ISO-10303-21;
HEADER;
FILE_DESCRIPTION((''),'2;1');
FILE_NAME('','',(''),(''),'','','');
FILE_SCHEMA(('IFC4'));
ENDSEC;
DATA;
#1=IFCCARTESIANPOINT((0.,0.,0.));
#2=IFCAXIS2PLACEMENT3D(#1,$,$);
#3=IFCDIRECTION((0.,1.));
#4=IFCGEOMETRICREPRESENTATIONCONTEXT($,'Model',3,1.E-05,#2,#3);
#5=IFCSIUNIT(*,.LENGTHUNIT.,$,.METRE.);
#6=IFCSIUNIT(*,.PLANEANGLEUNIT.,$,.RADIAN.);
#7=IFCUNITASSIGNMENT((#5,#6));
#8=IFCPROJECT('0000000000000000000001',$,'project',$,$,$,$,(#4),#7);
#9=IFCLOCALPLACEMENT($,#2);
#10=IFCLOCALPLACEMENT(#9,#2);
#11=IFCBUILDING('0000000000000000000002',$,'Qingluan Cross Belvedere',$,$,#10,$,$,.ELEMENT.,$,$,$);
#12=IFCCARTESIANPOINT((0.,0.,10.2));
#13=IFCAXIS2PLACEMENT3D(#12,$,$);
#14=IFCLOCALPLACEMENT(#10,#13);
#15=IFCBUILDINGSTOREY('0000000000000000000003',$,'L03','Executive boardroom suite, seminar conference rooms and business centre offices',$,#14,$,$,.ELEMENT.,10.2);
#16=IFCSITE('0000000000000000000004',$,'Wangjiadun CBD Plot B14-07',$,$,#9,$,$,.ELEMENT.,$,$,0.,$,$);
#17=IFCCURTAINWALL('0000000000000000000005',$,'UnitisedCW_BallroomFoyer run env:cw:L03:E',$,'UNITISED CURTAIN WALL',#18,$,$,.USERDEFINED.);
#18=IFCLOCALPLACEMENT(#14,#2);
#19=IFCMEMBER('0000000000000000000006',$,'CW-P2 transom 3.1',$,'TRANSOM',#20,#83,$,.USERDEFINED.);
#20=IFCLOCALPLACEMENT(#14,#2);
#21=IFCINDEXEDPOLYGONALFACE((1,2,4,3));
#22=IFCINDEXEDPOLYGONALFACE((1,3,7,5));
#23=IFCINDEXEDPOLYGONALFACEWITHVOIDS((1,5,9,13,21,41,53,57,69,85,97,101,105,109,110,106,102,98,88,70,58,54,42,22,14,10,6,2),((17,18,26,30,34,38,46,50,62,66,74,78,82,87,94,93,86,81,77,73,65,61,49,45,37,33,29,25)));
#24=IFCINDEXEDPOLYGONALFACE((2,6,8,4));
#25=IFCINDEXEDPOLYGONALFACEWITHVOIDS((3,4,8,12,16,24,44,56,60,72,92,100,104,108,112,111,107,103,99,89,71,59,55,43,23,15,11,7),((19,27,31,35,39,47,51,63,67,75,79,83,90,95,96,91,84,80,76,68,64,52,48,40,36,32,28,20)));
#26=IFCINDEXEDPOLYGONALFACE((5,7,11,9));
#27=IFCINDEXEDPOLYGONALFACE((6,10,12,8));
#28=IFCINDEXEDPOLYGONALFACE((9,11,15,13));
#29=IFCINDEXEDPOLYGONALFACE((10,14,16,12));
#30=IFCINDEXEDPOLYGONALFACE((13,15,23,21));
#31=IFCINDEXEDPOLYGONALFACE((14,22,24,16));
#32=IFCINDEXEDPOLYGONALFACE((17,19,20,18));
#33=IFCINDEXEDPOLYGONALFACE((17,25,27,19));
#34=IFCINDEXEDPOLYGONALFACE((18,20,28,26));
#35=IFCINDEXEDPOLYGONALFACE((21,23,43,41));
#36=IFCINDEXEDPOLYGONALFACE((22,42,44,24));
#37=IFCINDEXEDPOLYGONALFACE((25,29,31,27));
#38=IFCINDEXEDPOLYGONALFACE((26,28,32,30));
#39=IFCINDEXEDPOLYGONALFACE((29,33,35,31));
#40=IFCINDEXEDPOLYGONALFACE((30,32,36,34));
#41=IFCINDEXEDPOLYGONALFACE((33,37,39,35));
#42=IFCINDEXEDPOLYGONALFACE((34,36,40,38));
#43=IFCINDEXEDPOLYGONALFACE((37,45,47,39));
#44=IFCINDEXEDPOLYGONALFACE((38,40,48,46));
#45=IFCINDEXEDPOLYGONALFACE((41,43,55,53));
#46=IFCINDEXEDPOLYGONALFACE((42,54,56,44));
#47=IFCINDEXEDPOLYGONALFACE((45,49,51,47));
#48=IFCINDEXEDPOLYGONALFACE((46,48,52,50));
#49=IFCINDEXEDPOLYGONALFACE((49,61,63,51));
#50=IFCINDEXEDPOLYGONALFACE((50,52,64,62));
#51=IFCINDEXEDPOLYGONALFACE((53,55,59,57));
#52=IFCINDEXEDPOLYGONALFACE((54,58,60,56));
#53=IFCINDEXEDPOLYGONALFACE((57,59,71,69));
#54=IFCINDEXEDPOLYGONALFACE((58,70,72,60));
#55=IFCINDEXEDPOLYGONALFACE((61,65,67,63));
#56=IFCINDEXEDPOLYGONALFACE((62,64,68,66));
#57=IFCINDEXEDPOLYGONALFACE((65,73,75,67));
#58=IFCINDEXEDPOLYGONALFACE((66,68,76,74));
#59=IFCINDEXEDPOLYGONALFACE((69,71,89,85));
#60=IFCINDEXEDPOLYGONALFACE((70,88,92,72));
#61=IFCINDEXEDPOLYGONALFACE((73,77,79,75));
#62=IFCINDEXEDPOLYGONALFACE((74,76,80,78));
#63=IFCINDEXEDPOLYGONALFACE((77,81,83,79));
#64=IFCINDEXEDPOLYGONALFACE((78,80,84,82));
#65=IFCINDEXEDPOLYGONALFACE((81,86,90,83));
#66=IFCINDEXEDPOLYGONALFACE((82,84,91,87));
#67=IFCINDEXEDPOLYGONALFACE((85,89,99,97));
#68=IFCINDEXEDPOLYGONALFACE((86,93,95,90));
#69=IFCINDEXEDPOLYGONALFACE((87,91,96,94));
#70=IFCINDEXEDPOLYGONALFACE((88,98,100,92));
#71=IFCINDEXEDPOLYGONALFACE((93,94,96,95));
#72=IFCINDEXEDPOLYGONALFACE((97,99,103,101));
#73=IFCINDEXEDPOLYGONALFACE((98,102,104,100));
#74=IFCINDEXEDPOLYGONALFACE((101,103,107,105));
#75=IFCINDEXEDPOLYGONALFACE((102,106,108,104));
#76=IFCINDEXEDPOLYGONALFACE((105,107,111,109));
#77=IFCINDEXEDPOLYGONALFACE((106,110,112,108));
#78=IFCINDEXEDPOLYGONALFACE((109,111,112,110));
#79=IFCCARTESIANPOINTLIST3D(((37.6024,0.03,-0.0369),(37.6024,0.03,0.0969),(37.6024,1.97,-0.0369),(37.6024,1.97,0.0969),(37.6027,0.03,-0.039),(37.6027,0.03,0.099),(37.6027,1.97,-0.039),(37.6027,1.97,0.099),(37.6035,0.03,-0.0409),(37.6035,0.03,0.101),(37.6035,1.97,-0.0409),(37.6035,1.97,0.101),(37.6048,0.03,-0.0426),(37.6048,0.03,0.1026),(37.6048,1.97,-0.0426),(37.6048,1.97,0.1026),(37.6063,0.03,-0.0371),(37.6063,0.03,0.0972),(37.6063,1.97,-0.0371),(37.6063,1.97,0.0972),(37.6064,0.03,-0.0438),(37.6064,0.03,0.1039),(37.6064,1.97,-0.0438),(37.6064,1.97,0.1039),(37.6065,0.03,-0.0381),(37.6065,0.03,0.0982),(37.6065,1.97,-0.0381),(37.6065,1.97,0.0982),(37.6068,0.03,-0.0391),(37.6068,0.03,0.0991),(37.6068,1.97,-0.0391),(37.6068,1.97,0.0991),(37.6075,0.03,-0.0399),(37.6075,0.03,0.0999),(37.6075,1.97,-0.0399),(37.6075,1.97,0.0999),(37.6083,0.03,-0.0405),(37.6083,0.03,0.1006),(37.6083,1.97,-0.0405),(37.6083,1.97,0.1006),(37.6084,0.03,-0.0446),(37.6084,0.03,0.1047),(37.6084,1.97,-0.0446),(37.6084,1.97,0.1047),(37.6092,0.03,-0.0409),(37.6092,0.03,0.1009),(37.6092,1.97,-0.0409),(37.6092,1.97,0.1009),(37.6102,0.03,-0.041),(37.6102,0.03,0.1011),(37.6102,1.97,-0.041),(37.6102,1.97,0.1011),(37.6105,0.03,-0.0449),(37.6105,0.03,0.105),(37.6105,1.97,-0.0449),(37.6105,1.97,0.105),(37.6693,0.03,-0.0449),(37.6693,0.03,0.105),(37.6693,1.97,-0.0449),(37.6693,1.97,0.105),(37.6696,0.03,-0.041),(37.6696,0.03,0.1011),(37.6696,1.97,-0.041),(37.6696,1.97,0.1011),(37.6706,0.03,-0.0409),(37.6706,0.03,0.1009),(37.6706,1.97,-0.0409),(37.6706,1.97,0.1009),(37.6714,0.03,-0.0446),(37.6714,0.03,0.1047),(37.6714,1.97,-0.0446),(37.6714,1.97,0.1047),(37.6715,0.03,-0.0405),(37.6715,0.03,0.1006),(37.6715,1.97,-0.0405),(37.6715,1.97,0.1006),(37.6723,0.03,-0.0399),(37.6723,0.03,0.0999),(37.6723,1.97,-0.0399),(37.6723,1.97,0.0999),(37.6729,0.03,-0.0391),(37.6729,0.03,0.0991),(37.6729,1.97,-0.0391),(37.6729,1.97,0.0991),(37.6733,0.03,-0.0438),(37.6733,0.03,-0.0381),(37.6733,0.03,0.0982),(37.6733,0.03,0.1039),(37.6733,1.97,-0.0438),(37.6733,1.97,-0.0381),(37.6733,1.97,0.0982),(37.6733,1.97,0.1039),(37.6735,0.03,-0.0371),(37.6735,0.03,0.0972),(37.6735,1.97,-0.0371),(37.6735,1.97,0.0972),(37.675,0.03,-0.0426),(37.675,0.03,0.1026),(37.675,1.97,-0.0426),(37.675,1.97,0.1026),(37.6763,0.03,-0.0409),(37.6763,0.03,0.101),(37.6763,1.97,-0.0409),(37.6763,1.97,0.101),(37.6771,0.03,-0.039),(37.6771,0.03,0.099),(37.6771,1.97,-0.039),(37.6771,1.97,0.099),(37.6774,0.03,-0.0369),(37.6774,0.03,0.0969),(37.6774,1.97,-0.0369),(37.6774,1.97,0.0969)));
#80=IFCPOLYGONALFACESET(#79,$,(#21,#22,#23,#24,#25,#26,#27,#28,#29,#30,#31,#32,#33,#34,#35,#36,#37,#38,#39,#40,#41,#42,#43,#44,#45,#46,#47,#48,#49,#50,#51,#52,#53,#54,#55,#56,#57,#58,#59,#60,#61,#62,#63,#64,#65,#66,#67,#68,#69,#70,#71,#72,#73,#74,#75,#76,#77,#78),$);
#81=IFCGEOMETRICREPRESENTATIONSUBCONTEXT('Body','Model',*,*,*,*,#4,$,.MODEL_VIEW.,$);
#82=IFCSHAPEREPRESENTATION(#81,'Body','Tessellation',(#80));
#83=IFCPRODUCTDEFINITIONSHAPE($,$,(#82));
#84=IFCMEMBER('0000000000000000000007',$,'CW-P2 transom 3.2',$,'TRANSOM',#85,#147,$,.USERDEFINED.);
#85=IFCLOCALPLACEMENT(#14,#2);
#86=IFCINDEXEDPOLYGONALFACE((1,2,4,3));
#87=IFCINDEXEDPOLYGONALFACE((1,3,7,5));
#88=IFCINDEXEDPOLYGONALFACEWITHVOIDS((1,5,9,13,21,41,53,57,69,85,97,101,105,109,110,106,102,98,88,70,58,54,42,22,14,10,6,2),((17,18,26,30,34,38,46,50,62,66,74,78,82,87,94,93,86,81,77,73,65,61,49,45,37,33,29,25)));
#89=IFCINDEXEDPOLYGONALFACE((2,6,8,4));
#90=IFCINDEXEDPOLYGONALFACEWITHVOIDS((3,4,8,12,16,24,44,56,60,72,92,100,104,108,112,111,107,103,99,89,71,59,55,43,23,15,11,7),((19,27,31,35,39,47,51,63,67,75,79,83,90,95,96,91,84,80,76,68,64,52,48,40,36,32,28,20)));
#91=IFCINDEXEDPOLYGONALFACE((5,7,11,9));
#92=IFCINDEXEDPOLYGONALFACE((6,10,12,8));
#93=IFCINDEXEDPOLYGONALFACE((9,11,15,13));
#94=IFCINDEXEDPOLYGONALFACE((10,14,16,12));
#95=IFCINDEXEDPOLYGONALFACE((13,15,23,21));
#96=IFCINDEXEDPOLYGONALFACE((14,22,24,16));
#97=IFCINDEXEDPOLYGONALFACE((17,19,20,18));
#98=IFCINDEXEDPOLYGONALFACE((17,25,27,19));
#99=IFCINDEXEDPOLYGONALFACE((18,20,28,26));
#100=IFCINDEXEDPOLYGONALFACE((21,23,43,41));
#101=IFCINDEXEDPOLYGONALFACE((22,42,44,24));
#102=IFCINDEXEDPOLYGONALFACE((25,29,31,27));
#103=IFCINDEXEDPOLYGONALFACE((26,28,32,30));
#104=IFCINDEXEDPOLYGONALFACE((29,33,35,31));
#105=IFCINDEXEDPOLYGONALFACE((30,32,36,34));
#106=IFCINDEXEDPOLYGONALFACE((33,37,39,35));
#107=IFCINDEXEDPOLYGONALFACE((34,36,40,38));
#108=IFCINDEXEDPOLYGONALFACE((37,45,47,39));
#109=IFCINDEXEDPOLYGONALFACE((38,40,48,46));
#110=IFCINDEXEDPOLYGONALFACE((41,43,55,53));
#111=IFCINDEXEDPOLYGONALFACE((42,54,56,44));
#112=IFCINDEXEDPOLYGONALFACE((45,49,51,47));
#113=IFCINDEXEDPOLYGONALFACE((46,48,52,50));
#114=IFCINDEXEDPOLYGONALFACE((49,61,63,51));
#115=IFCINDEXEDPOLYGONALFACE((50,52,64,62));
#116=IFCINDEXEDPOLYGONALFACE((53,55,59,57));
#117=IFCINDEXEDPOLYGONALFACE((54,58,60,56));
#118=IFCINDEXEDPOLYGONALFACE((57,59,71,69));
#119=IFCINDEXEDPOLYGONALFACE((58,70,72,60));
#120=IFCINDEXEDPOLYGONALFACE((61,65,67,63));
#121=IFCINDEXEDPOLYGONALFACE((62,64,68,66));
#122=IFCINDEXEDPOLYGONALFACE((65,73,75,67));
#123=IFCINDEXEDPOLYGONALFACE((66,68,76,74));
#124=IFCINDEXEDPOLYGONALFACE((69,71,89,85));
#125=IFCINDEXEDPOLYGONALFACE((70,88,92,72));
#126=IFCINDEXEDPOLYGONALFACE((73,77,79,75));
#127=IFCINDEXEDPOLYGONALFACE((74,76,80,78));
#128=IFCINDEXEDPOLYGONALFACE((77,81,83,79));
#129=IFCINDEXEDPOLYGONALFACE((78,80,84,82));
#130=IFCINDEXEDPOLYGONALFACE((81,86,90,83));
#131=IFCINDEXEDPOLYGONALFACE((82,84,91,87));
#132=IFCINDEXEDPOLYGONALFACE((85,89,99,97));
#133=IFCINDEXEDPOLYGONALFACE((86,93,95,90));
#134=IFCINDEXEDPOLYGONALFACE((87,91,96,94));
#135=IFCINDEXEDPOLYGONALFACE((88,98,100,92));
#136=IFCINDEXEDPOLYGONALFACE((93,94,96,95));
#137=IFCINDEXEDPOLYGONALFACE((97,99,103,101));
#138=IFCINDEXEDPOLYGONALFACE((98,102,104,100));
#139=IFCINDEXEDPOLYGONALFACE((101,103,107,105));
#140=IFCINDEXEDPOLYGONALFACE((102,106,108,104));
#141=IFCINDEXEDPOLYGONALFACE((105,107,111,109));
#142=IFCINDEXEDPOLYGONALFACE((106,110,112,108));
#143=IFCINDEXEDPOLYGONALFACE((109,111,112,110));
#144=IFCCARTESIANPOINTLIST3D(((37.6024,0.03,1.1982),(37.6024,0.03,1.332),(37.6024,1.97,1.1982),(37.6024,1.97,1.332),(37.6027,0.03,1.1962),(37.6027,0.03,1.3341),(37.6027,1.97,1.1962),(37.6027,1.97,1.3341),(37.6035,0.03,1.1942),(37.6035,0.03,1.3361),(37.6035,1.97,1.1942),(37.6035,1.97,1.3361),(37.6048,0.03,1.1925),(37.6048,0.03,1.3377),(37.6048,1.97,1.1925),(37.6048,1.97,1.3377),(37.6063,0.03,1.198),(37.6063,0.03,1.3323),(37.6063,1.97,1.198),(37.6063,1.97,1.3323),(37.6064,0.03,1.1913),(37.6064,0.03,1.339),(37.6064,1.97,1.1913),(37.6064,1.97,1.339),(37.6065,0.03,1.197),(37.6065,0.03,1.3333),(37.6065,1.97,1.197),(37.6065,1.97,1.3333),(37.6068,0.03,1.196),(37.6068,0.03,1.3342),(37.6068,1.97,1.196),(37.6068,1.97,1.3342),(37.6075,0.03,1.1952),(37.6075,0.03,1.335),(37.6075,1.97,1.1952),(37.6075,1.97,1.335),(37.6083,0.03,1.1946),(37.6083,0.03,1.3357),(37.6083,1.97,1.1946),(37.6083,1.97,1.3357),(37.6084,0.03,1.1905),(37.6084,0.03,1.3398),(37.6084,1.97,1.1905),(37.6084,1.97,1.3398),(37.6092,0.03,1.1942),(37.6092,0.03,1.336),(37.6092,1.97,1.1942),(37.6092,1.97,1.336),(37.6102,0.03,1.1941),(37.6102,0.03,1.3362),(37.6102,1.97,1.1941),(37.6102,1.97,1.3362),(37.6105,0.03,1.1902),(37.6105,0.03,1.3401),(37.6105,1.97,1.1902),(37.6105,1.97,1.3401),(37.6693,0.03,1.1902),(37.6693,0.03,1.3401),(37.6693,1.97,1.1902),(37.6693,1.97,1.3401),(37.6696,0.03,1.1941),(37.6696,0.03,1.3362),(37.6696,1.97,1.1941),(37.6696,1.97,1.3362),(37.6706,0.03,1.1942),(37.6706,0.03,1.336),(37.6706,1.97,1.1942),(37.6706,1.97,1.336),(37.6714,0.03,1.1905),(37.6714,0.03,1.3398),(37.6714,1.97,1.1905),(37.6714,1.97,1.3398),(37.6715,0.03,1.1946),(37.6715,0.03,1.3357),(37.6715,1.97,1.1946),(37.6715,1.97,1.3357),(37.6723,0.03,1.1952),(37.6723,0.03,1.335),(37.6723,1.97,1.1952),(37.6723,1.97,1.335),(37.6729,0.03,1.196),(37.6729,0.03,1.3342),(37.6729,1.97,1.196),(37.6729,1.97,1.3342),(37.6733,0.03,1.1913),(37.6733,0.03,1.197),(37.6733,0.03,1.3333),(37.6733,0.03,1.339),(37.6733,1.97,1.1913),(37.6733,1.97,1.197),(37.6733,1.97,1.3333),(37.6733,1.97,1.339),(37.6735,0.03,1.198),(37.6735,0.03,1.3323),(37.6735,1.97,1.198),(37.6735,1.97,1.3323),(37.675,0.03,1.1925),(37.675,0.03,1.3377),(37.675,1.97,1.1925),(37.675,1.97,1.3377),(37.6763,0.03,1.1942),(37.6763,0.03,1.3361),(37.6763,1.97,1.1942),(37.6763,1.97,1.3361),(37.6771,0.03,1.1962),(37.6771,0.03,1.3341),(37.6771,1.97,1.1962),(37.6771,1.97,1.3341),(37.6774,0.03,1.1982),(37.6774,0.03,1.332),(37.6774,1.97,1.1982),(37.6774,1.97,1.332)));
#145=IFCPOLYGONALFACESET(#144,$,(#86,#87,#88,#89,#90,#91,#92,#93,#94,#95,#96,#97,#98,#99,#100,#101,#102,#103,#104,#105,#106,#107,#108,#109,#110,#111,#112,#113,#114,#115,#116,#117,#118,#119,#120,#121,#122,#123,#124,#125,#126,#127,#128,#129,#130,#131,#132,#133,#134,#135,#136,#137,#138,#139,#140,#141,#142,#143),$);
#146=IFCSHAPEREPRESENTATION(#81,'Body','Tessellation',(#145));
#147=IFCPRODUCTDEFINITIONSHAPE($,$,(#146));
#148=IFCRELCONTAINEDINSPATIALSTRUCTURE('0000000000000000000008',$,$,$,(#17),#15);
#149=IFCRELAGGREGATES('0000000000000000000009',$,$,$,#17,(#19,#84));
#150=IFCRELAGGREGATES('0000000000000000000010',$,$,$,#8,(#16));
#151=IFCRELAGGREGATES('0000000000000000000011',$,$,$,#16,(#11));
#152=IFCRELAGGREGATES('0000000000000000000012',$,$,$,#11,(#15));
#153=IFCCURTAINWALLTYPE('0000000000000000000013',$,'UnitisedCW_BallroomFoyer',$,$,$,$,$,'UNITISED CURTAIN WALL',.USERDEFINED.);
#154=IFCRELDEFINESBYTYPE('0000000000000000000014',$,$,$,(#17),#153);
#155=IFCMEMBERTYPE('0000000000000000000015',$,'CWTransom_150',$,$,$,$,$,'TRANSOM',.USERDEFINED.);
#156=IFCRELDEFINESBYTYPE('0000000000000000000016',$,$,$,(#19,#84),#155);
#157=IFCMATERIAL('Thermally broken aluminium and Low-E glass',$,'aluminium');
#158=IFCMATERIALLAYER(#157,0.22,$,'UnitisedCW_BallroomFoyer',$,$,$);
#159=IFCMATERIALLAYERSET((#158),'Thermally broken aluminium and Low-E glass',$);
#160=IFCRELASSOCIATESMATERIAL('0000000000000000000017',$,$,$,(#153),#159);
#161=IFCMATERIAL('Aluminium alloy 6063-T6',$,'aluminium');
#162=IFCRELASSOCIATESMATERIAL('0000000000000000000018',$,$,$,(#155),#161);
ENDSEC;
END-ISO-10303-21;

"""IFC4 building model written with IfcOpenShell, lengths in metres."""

from ifc_helpers import new_model, si_unit, direction, frame, origin, origin_2d, place, context, subcontext, project, spatial, hollow_rectangle, extrude, material, layer, layer_set, material_profile, profile_set, type_object, element, aggregate, save


model = new_model("IFC4")

# Units and contexts
model_context = context("Model", 3, precision=1e-05, world=origin(), true_north=direction((0.0, 1.0)))
body_context = subcontext(model_context, "Body", "Model", "MODEL_VIEW")
ifc_project = project(units=[si_unit("LENGTHUNIT", "METRE"), si_unit("PLANEANGLEUNIT", "RADIAN")], contexts=[model_context])

# Site, building, storey
site_placement = place(None, origin())
site = spatial("IfcSite", under=ifc_project, at=site_placement, Name="Wangjiadun CBD Plot B14-07", CompositionType="ELEMENT", RefElevation=0.0)
building_placement = place(site_placement, origin())
building = spatial("IfcBuilding", under=site, at=building_placement, Name="Qingluan Cross Belvedere", CompositionType="ELEMENT")
storey_placement = place(building_placement, frame((0.0, 0.0, 10.2)))
storey = spatial("IfcBuildingStorey", under=building, at=storey_placement, Name="L03", Description="Executive boardroom suite, seminar conference rooms and business centre offices", CompositionType="ELEMENT", Elevation=10.2)

# Curtain wall, members
ifc_material_1 = material(Name="Thermally broken aluminium and Low-E glass", Category="aluminium")
ifc_layer_1 = layer(ifc_material_1, 0.22, Name="UnitisedCW_BallroomFoyer")
ifc_layer_set_1 = layer_set([ifc_layer_1], Name="Thermally broken aluminium and Low-E glass")
curtain_wall_type = type_object("IfcCurtainWallType", Name="UnitisedCW_BallroomFoyer", ElementType="UNITISED CURTAIN WALL", PredefinedType="USERDEFINED", material=ifc_layer_set_1)
curtain_wall_placement = place(storey_placement, origin())
curtain_wall = element("IfcCurtainWall", 1, at=curtain_wall_placement, inside=storey, type_object=curtain_wall_type, Name="UnitisedCW_BallroomFoyer run env:cw:L03:E", ObjectType="UNITISED CURTAIN WALL", PredefinedType="USERDEFINED")
ifc_material_2 = material(Name="Aluminium alloy 6063-T6", Category="aluminium")
ifc_material_profile_1 = material_profile(ifc_material_2, hollow_rectangle(XDim=0.075, YDim=0.1499, WallThickness=0.0039, InnerFilletRadius=0.0039, OuterFilletRadius=0.0081, at=origin_2d()), Name="CWT150x75x4")
ifc_profile_set_1 = profile_set([ifc_material_profile_1], Name="Aluminium alloy 6063-T6")
member_type_1 = type_object("IfcMemberType", Name="CWTransom_150", ElementType="TRANSOM", PredefinedType="USERDEFINED", material=ifc_profile_set_1)
member_1_placement = place(storey_placement, frame((37.6399, 1.97, 0.03), z_axis=(0.0, -1.0, 0.0), x_axis=(1.0, 0.0, 0.0)))
member_1 = element("IfcMember", 2, at=member_1_placement, type_object=member_type_1, Name="CW-P2 transom 3.1", ObjectType="TRANSOM", PredefinedType="USERDEFINED", context=body_context, shape_type="SweptSolid", body=[
    extrude(hollow_rectangle(XDim=0.075, YDim=0.1499, WallThickness=0.0039, InnerFilletRadius=0.0039, OuterFilletRadius=0.0081, at=origin_2d()), origin(), (0.0, 0.0, 1.0), 1.9399),
])
member_2_placement = place(storey_placement, frame((37.6399, 1.97, 1.2651), z_axis=(0.0, -1.0, 0.0), x_axis=(1.0, 0.0, 0.0)))
member_2 = element("IfcMember", 3, at=member_2_placement, type_object=member_type_1, Name="CW-P2 transom 3.2", ObjectType="TRANSOM", PredefinedType="USERDEFINED", context=body_context, shape_type="SweptSolid", body=[
    extrude(hollow_rectangle(XDim=0.075, YDim=0.1499, WallThickness=0.0039, InnerFilletRadius=0.0039, OuterFilletRadius=0.0081, at=origin_2d()), origin(), (0.0, 0.0, 1.0), 1.9399),
])
aggregate(curtain_wall, [member_1, member_2])

save(model, "model.ifc")
